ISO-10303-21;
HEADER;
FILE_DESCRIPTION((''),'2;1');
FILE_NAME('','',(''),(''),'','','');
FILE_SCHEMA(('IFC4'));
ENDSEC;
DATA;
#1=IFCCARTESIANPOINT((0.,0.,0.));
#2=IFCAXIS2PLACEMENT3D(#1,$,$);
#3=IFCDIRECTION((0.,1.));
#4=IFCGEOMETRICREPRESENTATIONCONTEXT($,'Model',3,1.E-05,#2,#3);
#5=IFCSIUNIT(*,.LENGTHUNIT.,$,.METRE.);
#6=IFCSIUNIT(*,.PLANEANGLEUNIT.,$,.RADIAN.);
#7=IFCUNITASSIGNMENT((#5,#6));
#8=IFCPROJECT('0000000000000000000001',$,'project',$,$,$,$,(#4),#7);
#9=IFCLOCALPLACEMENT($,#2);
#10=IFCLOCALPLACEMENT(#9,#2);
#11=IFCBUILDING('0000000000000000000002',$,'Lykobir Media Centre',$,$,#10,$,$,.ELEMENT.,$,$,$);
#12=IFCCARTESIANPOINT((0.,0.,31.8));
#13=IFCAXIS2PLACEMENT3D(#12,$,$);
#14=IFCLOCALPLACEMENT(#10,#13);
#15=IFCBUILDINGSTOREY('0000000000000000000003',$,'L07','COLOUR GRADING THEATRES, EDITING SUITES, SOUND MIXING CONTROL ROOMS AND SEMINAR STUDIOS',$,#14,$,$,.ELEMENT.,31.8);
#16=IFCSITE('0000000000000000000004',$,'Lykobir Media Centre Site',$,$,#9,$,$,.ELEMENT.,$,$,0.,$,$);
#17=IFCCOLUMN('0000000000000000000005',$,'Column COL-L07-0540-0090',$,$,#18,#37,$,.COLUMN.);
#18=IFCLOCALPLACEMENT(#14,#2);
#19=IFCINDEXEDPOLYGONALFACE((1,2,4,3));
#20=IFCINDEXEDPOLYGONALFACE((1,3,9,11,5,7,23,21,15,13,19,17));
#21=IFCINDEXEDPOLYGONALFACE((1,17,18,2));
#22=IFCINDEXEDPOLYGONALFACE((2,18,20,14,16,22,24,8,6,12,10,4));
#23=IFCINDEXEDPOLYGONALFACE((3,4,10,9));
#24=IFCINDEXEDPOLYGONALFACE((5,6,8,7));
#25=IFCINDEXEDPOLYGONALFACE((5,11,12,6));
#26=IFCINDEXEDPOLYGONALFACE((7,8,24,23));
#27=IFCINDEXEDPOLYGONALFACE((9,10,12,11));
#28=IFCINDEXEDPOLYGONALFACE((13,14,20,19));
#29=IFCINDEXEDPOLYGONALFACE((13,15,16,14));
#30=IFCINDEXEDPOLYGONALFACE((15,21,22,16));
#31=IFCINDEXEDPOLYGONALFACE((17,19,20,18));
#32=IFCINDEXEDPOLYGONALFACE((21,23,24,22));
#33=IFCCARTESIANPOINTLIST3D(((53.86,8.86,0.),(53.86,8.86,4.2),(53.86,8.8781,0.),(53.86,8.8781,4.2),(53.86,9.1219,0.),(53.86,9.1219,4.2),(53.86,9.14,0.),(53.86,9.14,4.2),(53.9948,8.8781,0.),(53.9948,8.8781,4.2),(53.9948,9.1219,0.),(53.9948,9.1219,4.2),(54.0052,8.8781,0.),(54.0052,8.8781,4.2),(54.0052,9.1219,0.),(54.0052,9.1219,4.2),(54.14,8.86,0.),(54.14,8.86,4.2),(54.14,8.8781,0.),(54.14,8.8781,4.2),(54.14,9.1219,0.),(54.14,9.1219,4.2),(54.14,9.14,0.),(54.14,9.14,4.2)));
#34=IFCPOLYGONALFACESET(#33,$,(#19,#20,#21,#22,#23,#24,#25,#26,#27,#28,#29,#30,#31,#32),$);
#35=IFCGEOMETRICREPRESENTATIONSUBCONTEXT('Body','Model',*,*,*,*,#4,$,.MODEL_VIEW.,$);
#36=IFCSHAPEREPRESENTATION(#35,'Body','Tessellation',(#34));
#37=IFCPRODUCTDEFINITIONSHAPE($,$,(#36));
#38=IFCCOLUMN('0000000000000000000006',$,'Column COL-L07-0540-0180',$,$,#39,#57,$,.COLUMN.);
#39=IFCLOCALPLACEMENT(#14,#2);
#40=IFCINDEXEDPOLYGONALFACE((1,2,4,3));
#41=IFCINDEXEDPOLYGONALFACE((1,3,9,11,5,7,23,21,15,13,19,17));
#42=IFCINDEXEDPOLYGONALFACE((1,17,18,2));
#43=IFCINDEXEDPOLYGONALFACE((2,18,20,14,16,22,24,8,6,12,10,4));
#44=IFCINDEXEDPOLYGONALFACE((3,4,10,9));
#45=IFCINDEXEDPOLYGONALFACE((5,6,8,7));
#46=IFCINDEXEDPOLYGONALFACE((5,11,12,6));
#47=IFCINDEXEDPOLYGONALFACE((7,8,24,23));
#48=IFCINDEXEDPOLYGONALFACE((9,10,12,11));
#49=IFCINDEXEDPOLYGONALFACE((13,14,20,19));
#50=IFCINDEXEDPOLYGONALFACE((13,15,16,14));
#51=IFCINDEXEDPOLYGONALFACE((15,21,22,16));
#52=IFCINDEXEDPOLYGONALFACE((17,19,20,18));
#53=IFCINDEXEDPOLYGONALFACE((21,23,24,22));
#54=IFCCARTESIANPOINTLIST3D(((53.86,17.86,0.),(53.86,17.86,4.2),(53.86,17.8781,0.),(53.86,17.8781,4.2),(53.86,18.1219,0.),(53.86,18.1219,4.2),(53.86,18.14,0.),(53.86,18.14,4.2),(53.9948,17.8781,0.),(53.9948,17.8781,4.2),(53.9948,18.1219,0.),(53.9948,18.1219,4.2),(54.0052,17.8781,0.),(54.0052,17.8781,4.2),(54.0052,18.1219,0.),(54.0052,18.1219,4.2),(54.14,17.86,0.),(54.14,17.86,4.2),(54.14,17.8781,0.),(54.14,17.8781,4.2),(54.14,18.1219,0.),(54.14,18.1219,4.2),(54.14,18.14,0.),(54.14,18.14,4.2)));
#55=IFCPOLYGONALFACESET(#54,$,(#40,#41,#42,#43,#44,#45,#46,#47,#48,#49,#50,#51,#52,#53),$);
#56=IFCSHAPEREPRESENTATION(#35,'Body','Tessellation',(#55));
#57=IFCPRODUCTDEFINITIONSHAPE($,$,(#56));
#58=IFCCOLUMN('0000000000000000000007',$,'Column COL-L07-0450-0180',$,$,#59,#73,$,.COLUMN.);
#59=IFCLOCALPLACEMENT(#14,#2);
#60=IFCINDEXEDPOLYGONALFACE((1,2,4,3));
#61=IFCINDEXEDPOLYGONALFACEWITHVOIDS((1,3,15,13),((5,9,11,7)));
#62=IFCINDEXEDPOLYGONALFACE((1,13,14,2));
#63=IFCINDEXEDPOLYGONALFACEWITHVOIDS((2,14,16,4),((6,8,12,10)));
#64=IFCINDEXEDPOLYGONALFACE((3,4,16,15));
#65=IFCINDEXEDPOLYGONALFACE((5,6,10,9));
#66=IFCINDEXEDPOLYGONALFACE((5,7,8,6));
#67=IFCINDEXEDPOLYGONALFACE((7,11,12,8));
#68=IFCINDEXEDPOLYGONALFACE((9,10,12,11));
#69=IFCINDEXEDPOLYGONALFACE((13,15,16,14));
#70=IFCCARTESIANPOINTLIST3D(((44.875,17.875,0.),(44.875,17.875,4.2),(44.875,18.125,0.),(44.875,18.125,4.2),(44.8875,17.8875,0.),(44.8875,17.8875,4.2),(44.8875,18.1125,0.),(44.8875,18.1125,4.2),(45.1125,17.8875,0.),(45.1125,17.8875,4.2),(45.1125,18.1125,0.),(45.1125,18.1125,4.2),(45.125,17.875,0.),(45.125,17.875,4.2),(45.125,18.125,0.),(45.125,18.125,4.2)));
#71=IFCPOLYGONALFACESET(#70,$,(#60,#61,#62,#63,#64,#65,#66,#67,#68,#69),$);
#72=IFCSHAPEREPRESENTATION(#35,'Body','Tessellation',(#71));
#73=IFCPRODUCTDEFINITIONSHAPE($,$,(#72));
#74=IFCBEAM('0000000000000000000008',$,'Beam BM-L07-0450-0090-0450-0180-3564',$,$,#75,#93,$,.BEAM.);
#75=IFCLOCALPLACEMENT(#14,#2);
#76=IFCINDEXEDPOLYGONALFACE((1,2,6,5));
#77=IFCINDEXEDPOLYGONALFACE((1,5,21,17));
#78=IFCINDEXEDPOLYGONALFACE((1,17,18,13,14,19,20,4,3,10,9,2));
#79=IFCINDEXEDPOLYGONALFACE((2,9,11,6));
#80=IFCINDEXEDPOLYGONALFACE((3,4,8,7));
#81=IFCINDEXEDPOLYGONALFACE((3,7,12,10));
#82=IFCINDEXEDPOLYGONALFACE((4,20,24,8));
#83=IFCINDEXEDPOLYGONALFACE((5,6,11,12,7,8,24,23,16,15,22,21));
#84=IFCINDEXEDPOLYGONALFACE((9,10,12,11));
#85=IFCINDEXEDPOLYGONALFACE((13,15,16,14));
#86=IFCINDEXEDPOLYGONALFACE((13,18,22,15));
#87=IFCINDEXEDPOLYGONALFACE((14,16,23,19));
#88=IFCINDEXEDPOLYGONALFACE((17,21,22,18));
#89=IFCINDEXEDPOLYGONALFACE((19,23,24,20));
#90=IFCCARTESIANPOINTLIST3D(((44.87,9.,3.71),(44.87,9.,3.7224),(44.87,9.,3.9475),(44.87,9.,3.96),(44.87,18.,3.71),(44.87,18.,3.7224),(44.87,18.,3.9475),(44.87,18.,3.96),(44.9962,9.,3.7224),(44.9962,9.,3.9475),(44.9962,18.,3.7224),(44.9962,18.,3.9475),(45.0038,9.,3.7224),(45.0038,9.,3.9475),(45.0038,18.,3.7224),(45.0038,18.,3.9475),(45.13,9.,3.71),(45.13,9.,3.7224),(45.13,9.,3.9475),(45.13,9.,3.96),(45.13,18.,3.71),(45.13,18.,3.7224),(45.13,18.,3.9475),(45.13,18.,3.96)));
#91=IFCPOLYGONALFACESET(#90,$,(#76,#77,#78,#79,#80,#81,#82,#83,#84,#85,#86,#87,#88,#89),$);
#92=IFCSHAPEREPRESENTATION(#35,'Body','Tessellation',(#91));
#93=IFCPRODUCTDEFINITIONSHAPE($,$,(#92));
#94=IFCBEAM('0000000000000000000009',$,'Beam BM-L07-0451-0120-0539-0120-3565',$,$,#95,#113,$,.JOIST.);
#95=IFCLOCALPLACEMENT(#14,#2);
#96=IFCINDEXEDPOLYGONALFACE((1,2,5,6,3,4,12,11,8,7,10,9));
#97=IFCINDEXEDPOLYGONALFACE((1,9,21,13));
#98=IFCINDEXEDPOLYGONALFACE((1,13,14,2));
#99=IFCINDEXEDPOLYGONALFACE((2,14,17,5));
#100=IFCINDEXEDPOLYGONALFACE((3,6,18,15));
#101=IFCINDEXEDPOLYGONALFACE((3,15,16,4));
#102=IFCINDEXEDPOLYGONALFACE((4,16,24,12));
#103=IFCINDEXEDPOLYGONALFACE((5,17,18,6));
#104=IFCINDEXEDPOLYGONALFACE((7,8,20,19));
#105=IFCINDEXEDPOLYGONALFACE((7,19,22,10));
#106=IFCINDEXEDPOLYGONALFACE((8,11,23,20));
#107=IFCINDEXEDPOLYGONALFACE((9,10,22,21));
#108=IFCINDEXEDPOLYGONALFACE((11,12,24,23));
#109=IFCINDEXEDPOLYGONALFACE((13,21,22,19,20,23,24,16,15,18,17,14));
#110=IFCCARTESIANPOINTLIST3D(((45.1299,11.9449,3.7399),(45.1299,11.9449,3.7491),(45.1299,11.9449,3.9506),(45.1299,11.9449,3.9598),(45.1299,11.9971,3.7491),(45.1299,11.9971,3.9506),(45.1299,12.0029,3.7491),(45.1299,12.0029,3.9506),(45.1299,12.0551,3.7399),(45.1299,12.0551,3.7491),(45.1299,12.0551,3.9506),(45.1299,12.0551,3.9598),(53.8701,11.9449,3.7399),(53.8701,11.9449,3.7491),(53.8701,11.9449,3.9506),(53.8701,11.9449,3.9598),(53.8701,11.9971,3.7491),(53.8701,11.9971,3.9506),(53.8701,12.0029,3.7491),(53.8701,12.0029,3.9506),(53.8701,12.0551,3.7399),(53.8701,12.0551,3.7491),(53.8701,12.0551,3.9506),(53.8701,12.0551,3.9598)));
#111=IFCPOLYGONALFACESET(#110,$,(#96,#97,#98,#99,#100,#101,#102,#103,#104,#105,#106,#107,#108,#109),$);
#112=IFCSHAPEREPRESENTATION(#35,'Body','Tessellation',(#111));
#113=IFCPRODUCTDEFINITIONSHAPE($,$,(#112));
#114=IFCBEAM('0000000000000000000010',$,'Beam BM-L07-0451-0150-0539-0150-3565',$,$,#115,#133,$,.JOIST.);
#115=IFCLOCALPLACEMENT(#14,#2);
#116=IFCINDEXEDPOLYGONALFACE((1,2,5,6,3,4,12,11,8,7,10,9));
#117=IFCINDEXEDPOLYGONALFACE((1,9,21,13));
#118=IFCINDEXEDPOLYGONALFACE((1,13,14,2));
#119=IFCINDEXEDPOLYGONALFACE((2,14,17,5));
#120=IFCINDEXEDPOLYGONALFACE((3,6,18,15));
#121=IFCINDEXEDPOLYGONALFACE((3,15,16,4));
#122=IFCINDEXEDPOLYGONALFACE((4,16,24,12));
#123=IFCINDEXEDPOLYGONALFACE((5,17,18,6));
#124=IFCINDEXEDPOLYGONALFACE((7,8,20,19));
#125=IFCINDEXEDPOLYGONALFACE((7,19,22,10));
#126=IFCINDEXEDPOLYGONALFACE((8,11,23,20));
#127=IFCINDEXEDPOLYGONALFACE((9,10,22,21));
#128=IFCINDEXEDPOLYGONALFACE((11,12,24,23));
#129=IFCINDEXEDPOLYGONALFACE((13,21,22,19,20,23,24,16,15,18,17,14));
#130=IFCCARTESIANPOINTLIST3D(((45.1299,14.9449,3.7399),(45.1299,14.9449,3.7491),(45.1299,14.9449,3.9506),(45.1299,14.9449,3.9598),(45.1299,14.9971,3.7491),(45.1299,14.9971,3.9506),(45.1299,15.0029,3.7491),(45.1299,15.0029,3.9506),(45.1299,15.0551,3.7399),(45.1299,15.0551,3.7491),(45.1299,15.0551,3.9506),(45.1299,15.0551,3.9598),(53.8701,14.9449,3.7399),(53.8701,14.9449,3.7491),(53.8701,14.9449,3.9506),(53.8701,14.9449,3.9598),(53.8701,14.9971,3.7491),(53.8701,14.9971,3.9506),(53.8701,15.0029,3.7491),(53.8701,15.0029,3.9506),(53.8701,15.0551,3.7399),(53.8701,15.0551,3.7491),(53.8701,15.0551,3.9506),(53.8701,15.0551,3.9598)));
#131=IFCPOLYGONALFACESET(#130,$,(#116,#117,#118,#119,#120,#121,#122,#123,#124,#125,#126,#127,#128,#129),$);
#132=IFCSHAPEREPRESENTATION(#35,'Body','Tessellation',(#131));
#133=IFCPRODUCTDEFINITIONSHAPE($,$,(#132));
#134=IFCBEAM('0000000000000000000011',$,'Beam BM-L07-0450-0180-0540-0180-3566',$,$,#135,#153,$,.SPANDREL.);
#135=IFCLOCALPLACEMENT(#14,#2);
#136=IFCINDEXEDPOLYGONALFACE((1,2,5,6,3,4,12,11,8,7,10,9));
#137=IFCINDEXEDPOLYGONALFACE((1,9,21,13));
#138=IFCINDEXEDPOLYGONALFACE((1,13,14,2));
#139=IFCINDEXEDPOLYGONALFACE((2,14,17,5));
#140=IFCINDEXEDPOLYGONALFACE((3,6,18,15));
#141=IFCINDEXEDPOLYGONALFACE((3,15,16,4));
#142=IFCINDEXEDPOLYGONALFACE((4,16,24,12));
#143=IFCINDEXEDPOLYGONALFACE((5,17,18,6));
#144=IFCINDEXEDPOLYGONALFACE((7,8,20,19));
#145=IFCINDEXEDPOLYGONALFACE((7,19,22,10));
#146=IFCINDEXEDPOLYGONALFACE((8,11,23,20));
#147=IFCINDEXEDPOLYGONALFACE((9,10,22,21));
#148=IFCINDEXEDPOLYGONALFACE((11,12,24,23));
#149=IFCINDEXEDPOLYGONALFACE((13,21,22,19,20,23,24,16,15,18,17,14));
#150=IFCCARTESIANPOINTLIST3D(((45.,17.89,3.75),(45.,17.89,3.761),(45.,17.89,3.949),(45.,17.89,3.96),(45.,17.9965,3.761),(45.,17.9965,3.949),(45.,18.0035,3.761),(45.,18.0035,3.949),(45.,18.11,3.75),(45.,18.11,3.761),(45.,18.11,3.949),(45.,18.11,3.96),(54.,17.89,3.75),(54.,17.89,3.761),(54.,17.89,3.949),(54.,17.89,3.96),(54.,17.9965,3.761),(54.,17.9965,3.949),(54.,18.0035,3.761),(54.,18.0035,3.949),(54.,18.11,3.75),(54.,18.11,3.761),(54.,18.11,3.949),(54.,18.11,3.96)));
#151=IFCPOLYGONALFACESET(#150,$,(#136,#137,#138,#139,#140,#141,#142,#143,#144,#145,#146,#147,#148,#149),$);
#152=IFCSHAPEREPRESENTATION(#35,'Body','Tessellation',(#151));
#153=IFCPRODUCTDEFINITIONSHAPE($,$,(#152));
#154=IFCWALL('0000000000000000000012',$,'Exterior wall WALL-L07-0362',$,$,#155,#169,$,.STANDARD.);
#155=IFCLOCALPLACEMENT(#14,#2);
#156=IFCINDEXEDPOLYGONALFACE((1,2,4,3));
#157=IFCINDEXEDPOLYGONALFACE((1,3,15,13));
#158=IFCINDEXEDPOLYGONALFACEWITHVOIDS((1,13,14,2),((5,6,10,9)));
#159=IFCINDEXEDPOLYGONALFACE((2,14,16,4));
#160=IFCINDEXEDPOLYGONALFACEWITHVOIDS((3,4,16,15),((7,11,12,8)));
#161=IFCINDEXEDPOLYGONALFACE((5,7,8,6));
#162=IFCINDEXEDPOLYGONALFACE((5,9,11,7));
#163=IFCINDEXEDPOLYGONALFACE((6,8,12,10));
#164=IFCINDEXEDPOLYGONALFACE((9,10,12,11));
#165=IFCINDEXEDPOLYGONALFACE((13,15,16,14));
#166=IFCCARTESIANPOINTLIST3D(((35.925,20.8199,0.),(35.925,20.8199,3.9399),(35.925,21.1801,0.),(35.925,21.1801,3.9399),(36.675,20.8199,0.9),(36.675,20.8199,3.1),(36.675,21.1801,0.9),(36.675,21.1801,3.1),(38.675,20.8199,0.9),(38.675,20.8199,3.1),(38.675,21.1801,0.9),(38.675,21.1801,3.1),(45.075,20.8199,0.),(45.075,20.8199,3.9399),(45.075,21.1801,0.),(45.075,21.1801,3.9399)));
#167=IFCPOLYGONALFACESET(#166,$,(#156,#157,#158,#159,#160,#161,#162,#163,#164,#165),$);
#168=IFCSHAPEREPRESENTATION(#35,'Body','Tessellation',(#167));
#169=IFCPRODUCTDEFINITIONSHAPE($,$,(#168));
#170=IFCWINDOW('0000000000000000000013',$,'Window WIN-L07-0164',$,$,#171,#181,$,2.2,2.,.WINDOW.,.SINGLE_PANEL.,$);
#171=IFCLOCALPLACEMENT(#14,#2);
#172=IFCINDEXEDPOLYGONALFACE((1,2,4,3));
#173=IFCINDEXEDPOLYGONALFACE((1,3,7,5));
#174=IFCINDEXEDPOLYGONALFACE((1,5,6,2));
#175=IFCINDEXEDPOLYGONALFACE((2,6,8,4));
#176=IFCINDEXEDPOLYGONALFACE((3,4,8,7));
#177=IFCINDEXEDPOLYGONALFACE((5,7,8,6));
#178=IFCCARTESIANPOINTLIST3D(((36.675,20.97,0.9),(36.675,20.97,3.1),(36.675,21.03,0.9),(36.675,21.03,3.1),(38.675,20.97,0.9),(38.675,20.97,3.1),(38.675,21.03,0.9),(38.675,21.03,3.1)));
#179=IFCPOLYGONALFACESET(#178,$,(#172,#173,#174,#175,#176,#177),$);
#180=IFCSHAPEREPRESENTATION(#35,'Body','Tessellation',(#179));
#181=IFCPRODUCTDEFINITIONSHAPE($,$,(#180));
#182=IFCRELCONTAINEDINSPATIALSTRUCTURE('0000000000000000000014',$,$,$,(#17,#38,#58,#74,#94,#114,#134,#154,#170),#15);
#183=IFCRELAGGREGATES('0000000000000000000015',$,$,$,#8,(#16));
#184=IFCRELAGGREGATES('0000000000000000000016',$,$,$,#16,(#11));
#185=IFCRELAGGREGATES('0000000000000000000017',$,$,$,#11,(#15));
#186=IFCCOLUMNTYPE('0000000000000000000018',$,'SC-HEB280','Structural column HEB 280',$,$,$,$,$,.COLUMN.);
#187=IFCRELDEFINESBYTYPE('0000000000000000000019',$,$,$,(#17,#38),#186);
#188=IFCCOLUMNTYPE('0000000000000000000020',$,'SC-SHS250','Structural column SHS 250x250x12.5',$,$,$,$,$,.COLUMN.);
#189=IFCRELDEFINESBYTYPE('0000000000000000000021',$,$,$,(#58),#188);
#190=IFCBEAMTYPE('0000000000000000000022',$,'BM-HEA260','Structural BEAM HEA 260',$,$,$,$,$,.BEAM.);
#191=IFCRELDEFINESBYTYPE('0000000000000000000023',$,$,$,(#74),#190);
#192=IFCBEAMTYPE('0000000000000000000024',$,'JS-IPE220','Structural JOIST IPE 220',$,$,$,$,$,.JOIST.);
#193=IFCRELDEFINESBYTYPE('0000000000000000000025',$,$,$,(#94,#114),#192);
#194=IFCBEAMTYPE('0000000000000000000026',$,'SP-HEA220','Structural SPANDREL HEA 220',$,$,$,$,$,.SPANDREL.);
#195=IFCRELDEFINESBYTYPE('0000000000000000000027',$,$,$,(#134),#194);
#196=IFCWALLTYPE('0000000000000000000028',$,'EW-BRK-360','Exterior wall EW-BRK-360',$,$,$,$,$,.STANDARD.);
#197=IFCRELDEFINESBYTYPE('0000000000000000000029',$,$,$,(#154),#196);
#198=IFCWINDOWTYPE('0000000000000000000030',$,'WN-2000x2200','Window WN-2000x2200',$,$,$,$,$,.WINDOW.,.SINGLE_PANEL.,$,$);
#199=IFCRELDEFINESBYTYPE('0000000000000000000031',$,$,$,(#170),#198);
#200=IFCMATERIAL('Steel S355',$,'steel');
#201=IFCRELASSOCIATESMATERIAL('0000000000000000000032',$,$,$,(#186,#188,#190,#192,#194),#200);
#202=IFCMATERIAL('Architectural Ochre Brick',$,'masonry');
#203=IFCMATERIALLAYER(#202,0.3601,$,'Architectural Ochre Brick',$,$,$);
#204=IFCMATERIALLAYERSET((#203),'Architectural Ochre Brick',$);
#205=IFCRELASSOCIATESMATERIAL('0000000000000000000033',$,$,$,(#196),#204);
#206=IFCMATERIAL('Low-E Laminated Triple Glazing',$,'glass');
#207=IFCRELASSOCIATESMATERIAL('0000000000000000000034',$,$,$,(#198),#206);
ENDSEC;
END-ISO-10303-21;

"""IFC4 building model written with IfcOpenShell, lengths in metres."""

from ifc_helpers import new_model, si_unit, direction, frame, frame_2d, origin, origin_2d, place, context, subcontext, project, spatial, rectangle, hollow_rectangle, i_section, extrude, material, layer, layer_set, material_profile, profile_set, type_object, element, fill, save


model = new_model("IFC4")

# Units and contexts
model_context = context("Model", 3, precision=1e-05, world=origin(), true_north=direction((0.0, 1.0)))
body_context = subcontext(model_context, "Body", "Model", "MODEL_VIEW")
ifc_project = project(units=[si_unit("LENGTHUNIT", "METRE"), si_unit("PLANEANGLEUNIT", "RADIAN")], contexts=[model_context])

# Site, building, storey
site_placement = place(None, origin())
site = spatial("IfcSite", under=ifc_project, at=site_placement, Name="Lykobir Media Centre Site", CompositionType="ELEMENT", RefElevation=0.0)
building_placement = place(site_placement, origin())
building = spatial("IfcBuilding", under=site, at=building_placement, Name="Lykobir Media Centre", CompositionType="ELEMENT")
storey_placement = place(building_placement, frame((0.0, 0.0, 31.8)))
storey = spatial("IfcBuildingStorey", under=building, at=storey_placement, Name="L07", Description="COLOUR GRADING THEATRES, EDITING SUITES, SOUND MIXING CONTROL ROOMS AND SEMINAR STUDIOS", CompositionType="ELEMENT", Elevation=31.8)

# Columns
ifc_material_1 = material(Name="Steel S355", Category="steel")
ifc_material_profile_1 = material_profile(ifc_material_1, i_section(OverallWidth=0.28, OverallDepth=0.28, WebThickness=0.0105, FlangeThickness=0.0181, at=origin_2d()), Name="HEB 280")
ifc_profile_set_1 = profile_set([ifc_material_profile_1], Name="Steel S355")
column_type_1 = type_object("IfcColumnType", Name="SC-HEB280", Description="Structural column HEB 280", PredefinedType="COLUMN", material=ifc_profile_set_1)
for number, where, z_axis, x_axis, name in (
    (1, (54.0, 9.0, 0.0), (0.0, 0.0, 1.0), (1.0, 0.0, 0.0), "Column COL-L07-0540-0090"),
    (2, (54.0, 18.0, 0.0), (0.0, 0.0, 1.0), (1.0, 0.0, 0.0), "Column COL-L07-0540-0180"),
):
    element("IfcColumn", number, at=place(storey_placement, frame(where, z_axis=z_axis, x_axis=x_axis)), inside=storey, type_object=column_type_1, Name=name, PredefinedType="COLUMN", context=body_context, shape_type="SweptSolid", body=[
        extrude(i_section(OverallWidth=0.28, OverallDepth=0.28, WebThickness=0.0105, FlangeThickness=0.0181, at=origin_2d()), origin(), (0.0, 0.0, 1.0), 4.2),
    ])
ifc_material_profile_2 = material_profile(ifc_material_1, hollow_rectangle(XDim=0.25, YDim=0.25, WallThickness=0.0125, at=origin_2d()), Name="SHS 250x250x12.5")
ifc_profile_set_2 = profile_set([ifc_material_profile_2], Name="Steel S355")
column_type_2 = type_object("IfcColumnType", Name="SC-SHS250", Description="Structural column SHS 250x250x12.5", PredefinedType="COLUMN", material=ifc_profile_set_2)
column_placement = place(storey_placement, frame((45.0, 18.0, 0.0), z_axis=(0.0, 0.0, 1.0), x_axis=(1.0, 0.0, 0.0)))
element("IfcColumn", 3, at=column_placement, inside=storey, type_object=column_type_2, Name="Column COL-L07-0450-0180", PredefinedType="COLUMN", context=body_context, shape_type="SweptSolid", body=[
    extrude(hollow_rectangle(XDim=0.25, YDim=0.25, WallThickness=0.0125, at=origin_2d()), origin(), (0.0, 0.0, 1.0), 4.2),
])

# Beams
ifc_material_profile_3 = material_profile(ifc_material_1, i_section(OverallWidth=0.26, OverallDepth=0.25, WebThickness=0.0076, FlangeThickness=0.0125, at=origin_2d()), Name="HEA 260")
ifc_profile_set_3 = profile_set([ifc_material_profile_3], Name="Steel S355")
beam_type_1 = type_object("IfcBeamType", Name="BM-HEA260", Description="Structural BEAM HEA 260", PredefinedType="BEAM", material=ifc_profile_set_3)
beam_1_placement = place(storey_placement, frame((45.0, 9.0, 3.835), z_axis=(0.0, 1.0, 0.0), x_axis=(-1.0, 0.0, 0.0)))
element("IfcBeam", 4, at=beam_1_placement, inside=storey, type_object=beam_type_1, Name="Beam BM-L07-0450-0090-0450-0180-3564", PredefinedType="BEAM", context=body_context, shape_type="SweptSolid", body=[
    extrude(i_section(OverallWidth=0.26, OverallDepth=0.25, WebThickness=0.0076, FlangeThickness=0.0125, at=origin_2d()), origin(), (0.0, 0.0, 1.0), 9.0),
])
ifc_material_profile_4 = material_profile(ifc_material_1, i_section(OverallWidth=0.1101, OverallDepth=0.22, WebThickness=0.0059, FlangeThickness=0.0093, at=origin_2d()), Name="IPE 220")
ifc_profile_set_4 = profile_set([ifc_material_profile_4], Name="Steel S355")
beam_type_2 = type_object("IfcBeamType", Name="JS-IPE220", Description="Structural JOIST IPE 220", PredefinedType="JOIST", material=ifc_profile_set_4)
for number, where, z_axis, x_axis, name in (
    (5, (45.1299, 12.0, 3.8499), (1.0, 0.0, 0.0), (0.0, 1.0, 0.0), "Beam BM-L07-0451-0120-0539-0120-3565"),
    (6, (45.1299, 15.0, 3.8499), (1.0, 0.0, 0.0), (0.0, 1.0, 0.0), "Beam BM-L07-0451-0150-0539-0150-3565"),
):
    element("IfcBeam", number, at=place(storey_placement, frame(where, z_axis=z_axis, x_axis=x_axis)), inside=storey, type_object=beam_type_2, Name=name, PredefinedType="JOIST", context=body_context, shape_type="SweptSolid", body=[
        extrude(i_section(OverallWidth=0.1101, OverallDepth=0.22, WebThickness=0.0059, FlangeThickness=0.0093, at=origin_2d()), origin(), (0.0, 0.0, 1.0), 8.7402),
    ])
ifc_material_profile_5 = material_profile(ifc_material_1, i_section(OverallWidth=0.22, OverallDepth=0.21, WebThickness=0.0071, FlangeThickness=0.011, at=origin_2d()), Name="HEA 220")
ifc_profile_set_5 = profile_set([ifc_material_profile_5], Name="Steel S355")
beam_type_3 = type_object("IfcBeamType", Name="SP-HEA220", Description="Structural SPANDREL HEA 220", PredefinedType="SPANDREL", material=ifc_profile_set_5)
beam_2_placement = place(storey_placement, frame((45.0, 18.0, 3.855), z_axis=(1.0, 0.0, 0.0), x_axis=(0.0, 1.0, 0.0)))
element("IfcBeam", 7, at=beam_2_placement, inside=storey, type_object=beam_type_3, Name="Beam BM-L07-0450-0180-0540-0180-3566", PredefinedType="SPANDREL", context=body_context, shape_type="SweptSolid", body=[
    extrude(i_section(OverallWidth=0.22, OverallDepth=0.21, WebThickness=0.0071, FlangeThickness=0.011, at=origin_2d()), origin(), (0.0, 0.0, 1.0), 9.0),
])

# Wall, opening, window
ifc_material_2 = material(Name="Architectural Ochre Brick", Category="masonry")
ifc_layer_1 = layer(ifc_material_2, 0.3601, Name="Architectural Ochre Brick")
ifc_layer_set_1 = layer_set([ifc_layer_1], Name="Architectural Ochre Brick")
wall_type_1 = type_object("IfcWallType", Name="EW-BRK-360", Description="Exterior wall EW-BRK-360", PredefinedType="STANDARD", material=ifc_layer_set_1)
wall_1_placement = place(storey_placement, frame((45.075, 21.0, 0.0), z_axis=(0.0, 0.0, 1.0), x_axis=(-1.0, 0.0, 0.0)))
wall_1 = element("IfcWall", 8, at=wall_1_placement, inside=storey, type_object=wall_type_1, Name="Exterior wall WALL-L07-0362", PredefinedType="STANDARD", context=body_context, shape_type="SweptSolid", body=[
    extrude(rectangle(XDim=9.1499, YDim=0.3601, at=frame_2d((4.575, 0.0))), origin(), (0.0, 0.0, 1.0), 3.9399),
])
opening_1_placement = place(wall_1_placement, frame((6.3999, 0.0, 0.8999)))
opening_1 = element("IfcOpeningElement", 9, at=opening_1_placement, cuts=wall_1, PredefinedType="OPENING", context=body_context, shape_type="SweptSolid", body=[
    extrude(rectangle(XDim=2.0, YDim=2.2, at=frame_2d((1.0, 1.1001))), frame((0.0, 0.1899, 0.0), z_axis=(0.0, -1.0, 0.0), x_axis=(1.0, 0.0, 0.0)), (0.0, 0.0, 1.0), 0.3801),
])
ifc_material_3 = material(Name="Low-E Laminated Triple Glazing", Category="glass")
window_type = type_object("IfcWindowType", Name="WN-2000x2200", Description="Window WN-2000x2200", PartitioningType="SINGLE_PANEL", PredefinedType="WINDOW", material=ifc_material_3)
window_placement = place(opening_1_placement, origin())
window = element("IfcWindow", 10, at=window_placement, inside=storey, type_object=window_type, Name="Window WIN-L07-0164", OverallHeight=2.2, OverallWidth=2.0, PartitioningType="SINGLE_PANEL", PredefinedType="WINDOW", context=body_context, shape_type="SweptSolid", body=[
    extrude(rectangle(XDim=2.0, YDim=2.2, at=frame_2d((1.0, 1.1001))), frame((0.0, 0.03, 0.0), z_axis=(0.0, -1.0, 0.0), x_axis=(1.0, 0.0, 0.0)), (0.0, 0.0, 1.0), 0.0601),
])
fill(opening_1, window)

save(model, "model.ifc")
